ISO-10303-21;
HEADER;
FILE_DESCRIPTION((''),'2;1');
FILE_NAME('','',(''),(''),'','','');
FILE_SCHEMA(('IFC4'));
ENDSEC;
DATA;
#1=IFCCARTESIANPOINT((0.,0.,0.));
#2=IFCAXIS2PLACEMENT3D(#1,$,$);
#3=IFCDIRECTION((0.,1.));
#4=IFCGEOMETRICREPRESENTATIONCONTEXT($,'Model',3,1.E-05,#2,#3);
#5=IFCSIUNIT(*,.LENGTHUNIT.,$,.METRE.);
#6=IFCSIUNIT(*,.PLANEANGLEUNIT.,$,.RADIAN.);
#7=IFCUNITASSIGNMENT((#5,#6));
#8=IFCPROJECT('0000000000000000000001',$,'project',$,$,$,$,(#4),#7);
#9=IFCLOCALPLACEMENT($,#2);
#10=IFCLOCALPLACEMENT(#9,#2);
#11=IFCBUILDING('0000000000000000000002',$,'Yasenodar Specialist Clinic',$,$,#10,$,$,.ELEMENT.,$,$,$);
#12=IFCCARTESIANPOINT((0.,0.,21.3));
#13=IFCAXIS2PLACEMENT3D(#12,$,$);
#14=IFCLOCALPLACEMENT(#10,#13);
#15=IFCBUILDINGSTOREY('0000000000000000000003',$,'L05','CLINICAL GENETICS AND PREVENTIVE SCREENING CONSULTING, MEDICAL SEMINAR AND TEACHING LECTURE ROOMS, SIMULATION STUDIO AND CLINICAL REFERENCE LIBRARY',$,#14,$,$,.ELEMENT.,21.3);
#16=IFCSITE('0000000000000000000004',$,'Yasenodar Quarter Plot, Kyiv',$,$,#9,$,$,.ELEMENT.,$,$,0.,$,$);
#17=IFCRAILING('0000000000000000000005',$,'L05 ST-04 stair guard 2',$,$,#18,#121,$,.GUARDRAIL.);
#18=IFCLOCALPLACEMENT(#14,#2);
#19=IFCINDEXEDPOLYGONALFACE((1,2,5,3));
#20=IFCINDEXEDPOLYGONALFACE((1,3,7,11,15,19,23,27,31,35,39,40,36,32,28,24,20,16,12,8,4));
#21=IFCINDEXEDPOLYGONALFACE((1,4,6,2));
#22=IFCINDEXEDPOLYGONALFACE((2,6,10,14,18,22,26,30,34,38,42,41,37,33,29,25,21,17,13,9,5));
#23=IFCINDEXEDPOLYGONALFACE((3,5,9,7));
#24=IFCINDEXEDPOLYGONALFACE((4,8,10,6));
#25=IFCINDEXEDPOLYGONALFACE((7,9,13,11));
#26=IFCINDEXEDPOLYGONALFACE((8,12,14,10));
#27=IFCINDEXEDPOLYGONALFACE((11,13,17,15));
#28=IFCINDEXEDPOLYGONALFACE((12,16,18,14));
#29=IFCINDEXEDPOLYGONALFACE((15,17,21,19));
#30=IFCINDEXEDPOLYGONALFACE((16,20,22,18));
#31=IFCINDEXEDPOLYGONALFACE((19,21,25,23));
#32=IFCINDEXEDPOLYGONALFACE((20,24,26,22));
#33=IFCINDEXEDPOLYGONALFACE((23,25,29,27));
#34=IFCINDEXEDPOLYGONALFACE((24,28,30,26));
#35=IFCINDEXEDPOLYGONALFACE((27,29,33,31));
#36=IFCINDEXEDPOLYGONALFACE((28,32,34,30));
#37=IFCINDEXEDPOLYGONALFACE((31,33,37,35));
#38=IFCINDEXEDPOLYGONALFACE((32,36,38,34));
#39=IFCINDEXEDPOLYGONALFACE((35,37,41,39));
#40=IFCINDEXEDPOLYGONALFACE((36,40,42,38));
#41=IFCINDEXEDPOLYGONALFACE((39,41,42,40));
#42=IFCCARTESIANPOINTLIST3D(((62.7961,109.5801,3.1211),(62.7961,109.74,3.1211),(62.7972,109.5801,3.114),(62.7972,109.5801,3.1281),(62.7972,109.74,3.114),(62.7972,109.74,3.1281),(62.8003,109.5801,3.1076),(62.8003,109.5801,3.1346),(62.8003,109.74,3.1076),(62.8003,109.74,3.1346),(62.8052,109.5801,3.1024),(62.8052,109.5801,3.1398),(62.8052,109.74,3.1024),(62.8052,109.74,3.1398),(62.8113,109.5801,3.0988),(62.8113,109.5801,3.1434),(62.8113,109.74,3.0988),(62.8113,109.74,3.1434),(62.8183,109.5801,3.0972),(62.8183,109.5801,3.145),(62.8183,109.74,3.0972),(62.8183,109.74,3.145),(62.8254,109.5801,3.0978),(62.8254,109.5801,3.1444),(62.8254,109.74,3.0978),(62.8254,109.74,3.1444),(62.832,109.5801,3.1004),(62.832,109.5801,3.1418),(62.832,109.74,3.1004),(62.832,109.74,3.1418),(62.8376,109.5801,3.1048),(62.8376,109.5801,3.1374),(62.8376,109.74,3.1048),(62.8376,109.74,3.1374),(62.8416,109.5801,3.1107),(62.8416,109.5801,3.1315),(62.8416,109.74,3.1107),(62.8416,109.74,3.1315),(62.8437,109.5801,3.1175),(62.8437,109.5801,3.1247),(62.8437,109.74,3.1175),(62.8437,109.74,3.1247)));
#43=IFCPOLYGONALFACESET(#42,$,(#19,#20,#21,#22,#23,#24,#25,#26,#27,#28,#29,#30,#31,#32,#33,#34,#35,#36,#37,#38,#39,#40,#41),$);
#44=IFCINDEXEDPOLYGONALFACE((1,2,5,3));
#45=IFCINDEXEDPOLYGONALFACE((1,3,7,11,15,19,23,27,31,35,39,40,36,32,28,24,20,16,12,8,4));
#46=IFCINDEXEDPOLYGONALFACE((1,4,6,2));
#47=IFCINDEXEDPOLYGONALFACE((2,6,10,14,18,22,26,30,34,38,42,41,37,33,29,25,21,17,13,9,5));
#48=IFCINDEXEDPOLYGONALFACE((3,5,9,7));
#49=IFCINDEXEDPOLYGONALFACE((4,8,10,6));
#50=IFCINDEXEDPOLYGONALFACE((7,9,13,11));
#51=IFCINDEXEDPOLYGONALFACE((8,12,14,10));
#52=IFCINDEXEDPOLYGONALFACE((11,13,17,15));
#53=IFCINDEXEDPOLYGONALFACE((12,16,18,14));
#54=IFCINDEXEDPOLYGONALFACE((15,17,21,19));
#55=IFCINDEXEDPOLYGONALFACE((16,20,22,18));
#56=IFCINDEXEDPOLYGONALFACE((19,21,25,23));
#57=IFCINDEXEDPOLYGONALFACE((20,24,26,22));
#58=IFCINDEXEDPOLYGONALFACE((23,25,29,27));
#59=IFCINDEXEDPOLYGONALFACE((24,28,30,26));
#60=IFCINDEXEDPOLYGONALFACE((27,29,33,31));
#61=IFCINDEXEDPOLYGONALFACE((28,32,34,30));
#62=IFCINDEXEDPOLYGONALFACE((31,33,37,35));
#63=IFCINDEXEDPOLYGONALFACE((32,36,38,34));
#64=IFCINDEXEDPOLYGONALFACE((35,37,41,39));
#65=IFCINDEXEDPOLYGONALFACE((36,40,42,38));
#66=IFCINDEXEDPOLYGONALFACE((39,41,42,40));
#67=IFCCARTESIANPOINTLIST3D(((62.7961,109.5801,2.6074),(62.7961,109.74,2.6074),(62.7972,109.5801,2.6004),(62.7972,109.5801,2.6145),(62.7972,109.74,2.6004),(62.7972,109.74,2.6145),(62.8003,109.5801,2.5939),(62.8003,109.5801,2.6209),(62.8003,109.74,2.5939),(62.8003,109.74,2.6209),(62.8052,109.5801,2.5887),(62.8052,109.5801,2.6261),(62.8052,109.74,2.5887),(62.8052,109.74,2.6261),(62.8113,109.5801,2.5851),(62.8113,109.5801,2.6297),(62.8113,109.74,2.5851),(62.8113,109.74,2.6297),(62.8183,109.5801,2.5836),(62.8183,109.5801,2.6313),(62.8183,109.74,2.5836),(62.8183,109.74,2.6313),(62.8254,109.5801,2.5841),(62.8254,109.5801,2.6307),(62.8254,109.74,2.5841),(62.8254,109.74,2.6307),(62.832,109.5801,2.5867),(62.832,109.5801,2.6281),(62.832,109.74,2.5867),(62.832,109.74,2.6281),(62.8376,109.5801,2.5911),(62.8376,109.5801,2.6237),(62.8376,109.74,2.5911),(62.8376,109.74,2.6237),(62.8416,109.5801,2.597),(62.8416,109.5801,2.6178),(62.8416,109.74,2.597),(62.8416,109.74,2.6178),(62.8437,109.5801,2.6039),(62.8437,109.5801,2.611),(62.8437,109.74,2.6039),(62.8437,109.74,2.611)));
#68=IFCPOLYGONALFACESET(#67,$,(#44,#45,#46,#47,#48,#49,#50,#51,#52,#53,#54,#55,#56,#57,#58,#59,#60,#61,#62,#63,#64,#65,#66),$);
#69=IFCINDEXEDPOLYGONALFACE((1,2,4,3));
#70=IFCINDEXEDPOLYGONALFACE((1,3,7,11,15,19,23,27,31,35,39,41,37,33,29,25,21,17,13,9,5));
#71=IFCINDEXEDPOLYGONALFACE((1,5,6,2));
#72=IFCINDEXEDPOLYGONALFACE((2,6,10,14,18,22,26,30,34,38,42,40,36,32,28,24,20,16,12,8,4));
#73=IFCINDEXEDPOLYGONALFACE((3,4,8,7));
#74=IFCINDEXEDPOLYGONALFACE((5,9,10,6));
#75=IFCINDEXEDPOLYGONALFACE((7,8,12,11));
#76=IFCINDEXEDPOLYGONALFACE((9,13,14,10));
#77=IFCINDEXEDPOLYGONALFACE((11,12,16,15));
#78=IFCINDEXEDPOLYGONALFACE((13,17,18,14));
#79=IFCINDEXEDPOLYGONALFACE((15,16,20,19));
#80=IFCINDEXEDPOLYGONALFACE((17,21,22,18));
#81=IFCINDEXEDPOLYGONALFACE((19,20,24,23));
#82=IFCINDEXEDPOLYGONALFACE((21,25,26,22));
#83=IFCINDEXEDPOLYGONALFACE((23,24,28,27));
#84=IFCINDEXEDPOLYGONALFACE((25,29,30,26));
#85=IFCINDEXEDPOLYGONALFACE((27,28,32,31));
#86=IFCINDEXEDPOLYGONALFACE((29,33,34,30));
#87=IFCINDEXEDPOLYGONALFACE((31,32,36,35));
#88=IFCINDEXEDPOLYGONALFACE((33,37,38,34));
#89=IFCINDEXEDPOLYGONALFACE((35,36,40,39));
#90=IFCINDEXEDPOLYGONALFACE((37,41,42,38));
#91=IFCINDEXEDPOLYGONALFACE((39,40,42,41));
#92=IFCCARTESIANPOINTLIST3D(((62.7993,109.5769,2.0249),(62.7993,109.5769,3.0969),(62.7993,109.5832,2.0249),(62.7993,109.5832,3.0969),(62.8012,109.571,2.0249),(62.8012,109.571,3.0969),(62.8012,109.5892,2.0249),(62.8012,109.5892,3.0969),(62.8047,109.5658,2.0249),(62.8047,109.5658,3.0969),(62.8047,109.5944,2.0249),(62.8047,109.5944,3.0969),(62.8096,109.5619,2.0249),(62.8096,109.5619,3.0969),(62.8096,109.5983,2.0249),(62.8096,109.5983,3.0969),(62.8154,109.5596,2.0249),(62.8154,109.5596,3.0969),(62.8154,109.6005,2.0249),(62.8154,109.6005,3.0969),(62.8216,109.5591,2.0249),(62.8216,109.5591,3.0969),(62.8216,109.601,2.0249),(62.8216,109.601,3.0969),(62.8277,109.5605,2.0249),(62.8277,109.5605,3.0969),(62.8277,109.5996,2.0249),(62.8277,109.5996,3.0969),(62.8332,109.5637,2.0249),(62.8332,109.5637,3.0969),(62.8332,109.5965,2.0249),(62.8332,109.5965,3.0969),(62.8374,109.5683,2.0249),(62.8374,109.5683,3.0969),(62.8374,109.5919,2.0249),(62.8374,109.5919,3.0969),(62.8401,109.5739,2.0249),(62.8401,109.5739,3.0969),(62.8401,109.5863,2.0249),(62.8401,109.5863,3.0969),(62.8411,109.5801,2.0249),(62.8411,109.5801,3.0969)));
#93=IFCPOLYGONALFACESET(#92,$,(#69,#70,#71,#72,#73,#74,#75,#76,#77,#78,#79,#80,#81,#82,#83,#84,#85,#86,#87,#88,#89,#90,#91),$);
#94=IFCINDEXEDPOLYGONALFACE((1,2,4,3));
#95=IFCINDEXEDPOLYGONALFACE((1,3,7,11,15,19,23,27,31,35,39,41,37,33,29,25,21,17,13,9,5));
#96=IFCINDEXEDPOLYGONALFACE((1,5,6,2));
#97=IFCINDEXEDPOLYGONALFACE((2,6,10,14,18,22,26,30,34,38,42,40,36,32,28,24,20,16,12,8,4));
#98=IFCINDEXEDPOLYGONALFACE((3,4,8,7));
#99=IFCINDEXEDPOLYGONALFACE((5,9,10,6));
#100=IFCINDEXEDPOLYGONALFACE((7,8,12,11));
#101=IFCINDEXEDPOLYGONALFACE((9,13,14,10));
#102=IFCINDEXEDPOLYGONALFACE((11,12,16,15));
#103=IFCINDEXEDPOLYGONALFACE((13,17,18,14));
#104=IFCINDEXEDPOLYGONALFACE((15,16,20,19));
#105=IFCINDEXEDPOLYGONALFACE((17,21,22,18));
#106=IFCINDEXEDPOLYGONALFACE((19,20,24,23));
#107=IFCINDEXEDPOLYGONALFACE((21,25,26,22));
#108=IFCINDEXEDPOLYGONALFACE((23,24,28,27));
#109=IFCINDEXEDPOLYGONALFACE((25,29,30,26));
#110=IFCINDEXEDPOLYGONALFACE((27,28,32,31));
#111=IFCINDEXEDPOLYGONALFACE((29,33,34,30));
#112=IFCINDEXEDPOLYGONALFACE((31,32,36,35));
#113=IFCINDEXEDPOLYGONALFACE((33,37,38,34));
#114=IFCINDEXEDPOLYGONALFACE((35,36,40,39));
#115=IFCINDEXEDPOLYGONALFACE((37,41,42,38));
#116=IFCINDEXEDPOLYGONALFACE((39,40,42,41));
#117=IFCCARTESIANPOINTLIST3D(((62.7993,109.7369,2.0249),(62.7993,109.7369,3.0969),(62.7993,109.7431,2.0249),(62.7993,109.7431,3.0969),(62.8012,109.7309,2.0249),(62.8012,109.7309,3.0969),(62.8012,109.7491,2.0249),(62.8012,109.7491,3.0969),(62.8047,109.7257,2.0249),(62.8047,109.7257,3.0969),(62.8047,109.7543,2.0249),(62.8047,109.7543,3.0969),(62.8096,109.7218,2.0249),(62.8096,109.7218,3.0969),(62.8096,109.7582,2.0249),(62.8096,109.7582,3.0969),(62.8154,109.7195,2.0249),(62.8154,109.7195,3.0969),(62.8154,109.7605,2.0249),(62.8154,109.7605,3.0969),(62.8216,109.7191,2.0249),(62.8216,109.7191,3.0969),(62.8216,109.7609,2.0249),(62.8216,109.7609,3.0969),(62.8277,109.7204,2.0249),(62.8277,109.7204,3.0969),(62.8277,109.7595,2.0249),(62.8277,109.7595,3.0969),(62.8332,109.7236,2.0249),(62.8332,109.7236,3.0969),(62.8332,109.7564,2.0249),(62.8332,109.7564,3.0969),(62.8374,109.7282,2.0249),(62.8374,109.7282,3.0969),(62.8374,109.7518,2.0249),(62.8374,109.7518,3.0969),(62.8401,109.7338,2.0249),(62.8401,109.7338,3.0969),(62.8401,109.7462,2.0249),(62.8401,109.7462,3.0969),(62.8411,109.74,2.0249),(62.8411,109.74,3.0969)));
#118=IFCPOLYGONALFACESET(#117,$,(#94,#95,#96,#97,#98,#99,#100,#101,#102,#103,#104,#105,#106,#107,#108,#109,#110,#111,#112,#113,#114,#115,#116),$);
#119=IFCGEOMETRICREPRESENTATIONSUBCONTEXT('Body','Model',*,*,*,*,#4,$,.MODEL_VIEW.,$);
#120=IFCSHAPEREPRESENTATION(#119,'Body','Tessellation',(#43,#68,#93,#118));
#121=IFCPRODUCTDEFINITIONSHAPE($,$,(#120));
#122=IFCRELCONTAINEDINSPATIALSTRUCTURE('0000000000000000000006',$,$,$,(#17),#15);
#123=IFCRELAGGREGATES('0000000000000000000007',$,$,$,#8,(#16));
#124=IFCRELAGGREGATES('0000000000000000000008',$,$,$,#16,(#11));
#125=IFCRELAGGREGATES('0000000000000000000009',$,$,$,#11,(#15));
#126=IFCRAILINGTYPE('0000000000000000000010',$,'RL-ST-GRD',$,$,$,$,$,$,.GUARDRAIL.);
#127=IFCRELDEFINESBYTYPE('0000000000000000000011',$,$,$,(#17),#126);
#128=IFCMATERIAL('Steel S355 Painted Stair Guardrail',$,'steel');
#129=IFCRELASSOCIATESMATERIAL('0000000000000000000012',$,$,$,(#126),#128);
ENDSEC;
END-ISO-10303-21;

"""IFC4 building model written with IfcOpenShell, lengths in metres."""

from ifc_helpers import new_model, si_unit, direction, frame, origin, origin_2d, place, context, subcontext, project, spatial, circle, extrude, material, type_object, element, save


model = new_model("IFC4")

# Units and contexts
model_context = context("Model", 3, precision=1e-05, world=origin(), true_north=direction((0.0, 1.0)))
body_context = subcontext(model_context, "Body", "Model", "MODEL_VIEW")
ifc_project = project(units=[si_unit("LENGTHUNIT", "METRE"), si_unit("PLANEANGLEUNIT", "RADIAN")], contexts=[model_context])

# Site, building, storey
site_placement = place(None, origin())
site = spatial("IfcSite", under=ifc_project, at=site_placement, Name="Yasenodar Quarter Plot, Kyiv", CompositionType="ELEMENT", RefElevation=0.0)
building_placement = place(site_placement, origin())
building = spatial("IfcBuilding", under=site, at=building_placement, Name="Yasenodar Specialist Clinic", CompositionType="ELEMENT")
storey_placement = place(building_placement, frame((0.0, 0.0, 21.3)))
storey = spatial("IfcBuildingStorey", under=building, at=storey_placement, Name="L05", Description="CLINICAL GENETICS AND PREVENTIVE SCREENING CONSULTING, MEDICAL SEMINAR AND TEACHING LECTURE ROOMS, SIMULATION STUDIO AND CLINICAL REFERENCE LIBRARY", CompositionType="ELEMENT", Elevation=21.3)

# Railing
ifc_material_1 = material(Name="Steel S355 Painted Stair Guardrail", Category="steel")
railing_type_1 = type_object("IfcRailingType", Name="RL-ST-GRD", PredefinedType="GUARDRAIL", material=ifc_material_1)
railing_1_placement = place(storey_placement, frame((62.8201, 109.5801, 2.0249)))
element("IfcRailing", 1, at=railing_1_placement, inside=storey, type_object=railing_type_1, Name="L05 ST-04 stair guard 2", PredefinedType="GUARDRAIL", context=body_context, shape_type="SweptSolid", body=[
    extrude(circle(Radius=0.0239, at=origin_2d()), frame((0.0, 0.0, 1.0962), z_axis=(0.0, 1.0, 0.0), x_axis=(-1.0, 0.0, 0.0)), (0.0, 0.0, 1.0), 0.1599),
    extrude(circle(Radius=0.0239, at=origin_2d()), frame((0.0, 0.0, 0.5825), z_axis=(0.0, 1.0, 0.0), x_axis=(-1.0, 0.0, 0.0)), (0.0, 0.0, 1.0), 0.1599),
    extrude(circle(Radius=0.021, at=origin_2d()), origin(), (0.0, 0.0, 1.0), 1.072),
    extrude(circle(Radius=0.021, at=origin_2d()), frame((0.0, 0.1599, 0.0)), (0.0, 0.0, 1.0), 1.072),
])

save(model, "model.ifc")
